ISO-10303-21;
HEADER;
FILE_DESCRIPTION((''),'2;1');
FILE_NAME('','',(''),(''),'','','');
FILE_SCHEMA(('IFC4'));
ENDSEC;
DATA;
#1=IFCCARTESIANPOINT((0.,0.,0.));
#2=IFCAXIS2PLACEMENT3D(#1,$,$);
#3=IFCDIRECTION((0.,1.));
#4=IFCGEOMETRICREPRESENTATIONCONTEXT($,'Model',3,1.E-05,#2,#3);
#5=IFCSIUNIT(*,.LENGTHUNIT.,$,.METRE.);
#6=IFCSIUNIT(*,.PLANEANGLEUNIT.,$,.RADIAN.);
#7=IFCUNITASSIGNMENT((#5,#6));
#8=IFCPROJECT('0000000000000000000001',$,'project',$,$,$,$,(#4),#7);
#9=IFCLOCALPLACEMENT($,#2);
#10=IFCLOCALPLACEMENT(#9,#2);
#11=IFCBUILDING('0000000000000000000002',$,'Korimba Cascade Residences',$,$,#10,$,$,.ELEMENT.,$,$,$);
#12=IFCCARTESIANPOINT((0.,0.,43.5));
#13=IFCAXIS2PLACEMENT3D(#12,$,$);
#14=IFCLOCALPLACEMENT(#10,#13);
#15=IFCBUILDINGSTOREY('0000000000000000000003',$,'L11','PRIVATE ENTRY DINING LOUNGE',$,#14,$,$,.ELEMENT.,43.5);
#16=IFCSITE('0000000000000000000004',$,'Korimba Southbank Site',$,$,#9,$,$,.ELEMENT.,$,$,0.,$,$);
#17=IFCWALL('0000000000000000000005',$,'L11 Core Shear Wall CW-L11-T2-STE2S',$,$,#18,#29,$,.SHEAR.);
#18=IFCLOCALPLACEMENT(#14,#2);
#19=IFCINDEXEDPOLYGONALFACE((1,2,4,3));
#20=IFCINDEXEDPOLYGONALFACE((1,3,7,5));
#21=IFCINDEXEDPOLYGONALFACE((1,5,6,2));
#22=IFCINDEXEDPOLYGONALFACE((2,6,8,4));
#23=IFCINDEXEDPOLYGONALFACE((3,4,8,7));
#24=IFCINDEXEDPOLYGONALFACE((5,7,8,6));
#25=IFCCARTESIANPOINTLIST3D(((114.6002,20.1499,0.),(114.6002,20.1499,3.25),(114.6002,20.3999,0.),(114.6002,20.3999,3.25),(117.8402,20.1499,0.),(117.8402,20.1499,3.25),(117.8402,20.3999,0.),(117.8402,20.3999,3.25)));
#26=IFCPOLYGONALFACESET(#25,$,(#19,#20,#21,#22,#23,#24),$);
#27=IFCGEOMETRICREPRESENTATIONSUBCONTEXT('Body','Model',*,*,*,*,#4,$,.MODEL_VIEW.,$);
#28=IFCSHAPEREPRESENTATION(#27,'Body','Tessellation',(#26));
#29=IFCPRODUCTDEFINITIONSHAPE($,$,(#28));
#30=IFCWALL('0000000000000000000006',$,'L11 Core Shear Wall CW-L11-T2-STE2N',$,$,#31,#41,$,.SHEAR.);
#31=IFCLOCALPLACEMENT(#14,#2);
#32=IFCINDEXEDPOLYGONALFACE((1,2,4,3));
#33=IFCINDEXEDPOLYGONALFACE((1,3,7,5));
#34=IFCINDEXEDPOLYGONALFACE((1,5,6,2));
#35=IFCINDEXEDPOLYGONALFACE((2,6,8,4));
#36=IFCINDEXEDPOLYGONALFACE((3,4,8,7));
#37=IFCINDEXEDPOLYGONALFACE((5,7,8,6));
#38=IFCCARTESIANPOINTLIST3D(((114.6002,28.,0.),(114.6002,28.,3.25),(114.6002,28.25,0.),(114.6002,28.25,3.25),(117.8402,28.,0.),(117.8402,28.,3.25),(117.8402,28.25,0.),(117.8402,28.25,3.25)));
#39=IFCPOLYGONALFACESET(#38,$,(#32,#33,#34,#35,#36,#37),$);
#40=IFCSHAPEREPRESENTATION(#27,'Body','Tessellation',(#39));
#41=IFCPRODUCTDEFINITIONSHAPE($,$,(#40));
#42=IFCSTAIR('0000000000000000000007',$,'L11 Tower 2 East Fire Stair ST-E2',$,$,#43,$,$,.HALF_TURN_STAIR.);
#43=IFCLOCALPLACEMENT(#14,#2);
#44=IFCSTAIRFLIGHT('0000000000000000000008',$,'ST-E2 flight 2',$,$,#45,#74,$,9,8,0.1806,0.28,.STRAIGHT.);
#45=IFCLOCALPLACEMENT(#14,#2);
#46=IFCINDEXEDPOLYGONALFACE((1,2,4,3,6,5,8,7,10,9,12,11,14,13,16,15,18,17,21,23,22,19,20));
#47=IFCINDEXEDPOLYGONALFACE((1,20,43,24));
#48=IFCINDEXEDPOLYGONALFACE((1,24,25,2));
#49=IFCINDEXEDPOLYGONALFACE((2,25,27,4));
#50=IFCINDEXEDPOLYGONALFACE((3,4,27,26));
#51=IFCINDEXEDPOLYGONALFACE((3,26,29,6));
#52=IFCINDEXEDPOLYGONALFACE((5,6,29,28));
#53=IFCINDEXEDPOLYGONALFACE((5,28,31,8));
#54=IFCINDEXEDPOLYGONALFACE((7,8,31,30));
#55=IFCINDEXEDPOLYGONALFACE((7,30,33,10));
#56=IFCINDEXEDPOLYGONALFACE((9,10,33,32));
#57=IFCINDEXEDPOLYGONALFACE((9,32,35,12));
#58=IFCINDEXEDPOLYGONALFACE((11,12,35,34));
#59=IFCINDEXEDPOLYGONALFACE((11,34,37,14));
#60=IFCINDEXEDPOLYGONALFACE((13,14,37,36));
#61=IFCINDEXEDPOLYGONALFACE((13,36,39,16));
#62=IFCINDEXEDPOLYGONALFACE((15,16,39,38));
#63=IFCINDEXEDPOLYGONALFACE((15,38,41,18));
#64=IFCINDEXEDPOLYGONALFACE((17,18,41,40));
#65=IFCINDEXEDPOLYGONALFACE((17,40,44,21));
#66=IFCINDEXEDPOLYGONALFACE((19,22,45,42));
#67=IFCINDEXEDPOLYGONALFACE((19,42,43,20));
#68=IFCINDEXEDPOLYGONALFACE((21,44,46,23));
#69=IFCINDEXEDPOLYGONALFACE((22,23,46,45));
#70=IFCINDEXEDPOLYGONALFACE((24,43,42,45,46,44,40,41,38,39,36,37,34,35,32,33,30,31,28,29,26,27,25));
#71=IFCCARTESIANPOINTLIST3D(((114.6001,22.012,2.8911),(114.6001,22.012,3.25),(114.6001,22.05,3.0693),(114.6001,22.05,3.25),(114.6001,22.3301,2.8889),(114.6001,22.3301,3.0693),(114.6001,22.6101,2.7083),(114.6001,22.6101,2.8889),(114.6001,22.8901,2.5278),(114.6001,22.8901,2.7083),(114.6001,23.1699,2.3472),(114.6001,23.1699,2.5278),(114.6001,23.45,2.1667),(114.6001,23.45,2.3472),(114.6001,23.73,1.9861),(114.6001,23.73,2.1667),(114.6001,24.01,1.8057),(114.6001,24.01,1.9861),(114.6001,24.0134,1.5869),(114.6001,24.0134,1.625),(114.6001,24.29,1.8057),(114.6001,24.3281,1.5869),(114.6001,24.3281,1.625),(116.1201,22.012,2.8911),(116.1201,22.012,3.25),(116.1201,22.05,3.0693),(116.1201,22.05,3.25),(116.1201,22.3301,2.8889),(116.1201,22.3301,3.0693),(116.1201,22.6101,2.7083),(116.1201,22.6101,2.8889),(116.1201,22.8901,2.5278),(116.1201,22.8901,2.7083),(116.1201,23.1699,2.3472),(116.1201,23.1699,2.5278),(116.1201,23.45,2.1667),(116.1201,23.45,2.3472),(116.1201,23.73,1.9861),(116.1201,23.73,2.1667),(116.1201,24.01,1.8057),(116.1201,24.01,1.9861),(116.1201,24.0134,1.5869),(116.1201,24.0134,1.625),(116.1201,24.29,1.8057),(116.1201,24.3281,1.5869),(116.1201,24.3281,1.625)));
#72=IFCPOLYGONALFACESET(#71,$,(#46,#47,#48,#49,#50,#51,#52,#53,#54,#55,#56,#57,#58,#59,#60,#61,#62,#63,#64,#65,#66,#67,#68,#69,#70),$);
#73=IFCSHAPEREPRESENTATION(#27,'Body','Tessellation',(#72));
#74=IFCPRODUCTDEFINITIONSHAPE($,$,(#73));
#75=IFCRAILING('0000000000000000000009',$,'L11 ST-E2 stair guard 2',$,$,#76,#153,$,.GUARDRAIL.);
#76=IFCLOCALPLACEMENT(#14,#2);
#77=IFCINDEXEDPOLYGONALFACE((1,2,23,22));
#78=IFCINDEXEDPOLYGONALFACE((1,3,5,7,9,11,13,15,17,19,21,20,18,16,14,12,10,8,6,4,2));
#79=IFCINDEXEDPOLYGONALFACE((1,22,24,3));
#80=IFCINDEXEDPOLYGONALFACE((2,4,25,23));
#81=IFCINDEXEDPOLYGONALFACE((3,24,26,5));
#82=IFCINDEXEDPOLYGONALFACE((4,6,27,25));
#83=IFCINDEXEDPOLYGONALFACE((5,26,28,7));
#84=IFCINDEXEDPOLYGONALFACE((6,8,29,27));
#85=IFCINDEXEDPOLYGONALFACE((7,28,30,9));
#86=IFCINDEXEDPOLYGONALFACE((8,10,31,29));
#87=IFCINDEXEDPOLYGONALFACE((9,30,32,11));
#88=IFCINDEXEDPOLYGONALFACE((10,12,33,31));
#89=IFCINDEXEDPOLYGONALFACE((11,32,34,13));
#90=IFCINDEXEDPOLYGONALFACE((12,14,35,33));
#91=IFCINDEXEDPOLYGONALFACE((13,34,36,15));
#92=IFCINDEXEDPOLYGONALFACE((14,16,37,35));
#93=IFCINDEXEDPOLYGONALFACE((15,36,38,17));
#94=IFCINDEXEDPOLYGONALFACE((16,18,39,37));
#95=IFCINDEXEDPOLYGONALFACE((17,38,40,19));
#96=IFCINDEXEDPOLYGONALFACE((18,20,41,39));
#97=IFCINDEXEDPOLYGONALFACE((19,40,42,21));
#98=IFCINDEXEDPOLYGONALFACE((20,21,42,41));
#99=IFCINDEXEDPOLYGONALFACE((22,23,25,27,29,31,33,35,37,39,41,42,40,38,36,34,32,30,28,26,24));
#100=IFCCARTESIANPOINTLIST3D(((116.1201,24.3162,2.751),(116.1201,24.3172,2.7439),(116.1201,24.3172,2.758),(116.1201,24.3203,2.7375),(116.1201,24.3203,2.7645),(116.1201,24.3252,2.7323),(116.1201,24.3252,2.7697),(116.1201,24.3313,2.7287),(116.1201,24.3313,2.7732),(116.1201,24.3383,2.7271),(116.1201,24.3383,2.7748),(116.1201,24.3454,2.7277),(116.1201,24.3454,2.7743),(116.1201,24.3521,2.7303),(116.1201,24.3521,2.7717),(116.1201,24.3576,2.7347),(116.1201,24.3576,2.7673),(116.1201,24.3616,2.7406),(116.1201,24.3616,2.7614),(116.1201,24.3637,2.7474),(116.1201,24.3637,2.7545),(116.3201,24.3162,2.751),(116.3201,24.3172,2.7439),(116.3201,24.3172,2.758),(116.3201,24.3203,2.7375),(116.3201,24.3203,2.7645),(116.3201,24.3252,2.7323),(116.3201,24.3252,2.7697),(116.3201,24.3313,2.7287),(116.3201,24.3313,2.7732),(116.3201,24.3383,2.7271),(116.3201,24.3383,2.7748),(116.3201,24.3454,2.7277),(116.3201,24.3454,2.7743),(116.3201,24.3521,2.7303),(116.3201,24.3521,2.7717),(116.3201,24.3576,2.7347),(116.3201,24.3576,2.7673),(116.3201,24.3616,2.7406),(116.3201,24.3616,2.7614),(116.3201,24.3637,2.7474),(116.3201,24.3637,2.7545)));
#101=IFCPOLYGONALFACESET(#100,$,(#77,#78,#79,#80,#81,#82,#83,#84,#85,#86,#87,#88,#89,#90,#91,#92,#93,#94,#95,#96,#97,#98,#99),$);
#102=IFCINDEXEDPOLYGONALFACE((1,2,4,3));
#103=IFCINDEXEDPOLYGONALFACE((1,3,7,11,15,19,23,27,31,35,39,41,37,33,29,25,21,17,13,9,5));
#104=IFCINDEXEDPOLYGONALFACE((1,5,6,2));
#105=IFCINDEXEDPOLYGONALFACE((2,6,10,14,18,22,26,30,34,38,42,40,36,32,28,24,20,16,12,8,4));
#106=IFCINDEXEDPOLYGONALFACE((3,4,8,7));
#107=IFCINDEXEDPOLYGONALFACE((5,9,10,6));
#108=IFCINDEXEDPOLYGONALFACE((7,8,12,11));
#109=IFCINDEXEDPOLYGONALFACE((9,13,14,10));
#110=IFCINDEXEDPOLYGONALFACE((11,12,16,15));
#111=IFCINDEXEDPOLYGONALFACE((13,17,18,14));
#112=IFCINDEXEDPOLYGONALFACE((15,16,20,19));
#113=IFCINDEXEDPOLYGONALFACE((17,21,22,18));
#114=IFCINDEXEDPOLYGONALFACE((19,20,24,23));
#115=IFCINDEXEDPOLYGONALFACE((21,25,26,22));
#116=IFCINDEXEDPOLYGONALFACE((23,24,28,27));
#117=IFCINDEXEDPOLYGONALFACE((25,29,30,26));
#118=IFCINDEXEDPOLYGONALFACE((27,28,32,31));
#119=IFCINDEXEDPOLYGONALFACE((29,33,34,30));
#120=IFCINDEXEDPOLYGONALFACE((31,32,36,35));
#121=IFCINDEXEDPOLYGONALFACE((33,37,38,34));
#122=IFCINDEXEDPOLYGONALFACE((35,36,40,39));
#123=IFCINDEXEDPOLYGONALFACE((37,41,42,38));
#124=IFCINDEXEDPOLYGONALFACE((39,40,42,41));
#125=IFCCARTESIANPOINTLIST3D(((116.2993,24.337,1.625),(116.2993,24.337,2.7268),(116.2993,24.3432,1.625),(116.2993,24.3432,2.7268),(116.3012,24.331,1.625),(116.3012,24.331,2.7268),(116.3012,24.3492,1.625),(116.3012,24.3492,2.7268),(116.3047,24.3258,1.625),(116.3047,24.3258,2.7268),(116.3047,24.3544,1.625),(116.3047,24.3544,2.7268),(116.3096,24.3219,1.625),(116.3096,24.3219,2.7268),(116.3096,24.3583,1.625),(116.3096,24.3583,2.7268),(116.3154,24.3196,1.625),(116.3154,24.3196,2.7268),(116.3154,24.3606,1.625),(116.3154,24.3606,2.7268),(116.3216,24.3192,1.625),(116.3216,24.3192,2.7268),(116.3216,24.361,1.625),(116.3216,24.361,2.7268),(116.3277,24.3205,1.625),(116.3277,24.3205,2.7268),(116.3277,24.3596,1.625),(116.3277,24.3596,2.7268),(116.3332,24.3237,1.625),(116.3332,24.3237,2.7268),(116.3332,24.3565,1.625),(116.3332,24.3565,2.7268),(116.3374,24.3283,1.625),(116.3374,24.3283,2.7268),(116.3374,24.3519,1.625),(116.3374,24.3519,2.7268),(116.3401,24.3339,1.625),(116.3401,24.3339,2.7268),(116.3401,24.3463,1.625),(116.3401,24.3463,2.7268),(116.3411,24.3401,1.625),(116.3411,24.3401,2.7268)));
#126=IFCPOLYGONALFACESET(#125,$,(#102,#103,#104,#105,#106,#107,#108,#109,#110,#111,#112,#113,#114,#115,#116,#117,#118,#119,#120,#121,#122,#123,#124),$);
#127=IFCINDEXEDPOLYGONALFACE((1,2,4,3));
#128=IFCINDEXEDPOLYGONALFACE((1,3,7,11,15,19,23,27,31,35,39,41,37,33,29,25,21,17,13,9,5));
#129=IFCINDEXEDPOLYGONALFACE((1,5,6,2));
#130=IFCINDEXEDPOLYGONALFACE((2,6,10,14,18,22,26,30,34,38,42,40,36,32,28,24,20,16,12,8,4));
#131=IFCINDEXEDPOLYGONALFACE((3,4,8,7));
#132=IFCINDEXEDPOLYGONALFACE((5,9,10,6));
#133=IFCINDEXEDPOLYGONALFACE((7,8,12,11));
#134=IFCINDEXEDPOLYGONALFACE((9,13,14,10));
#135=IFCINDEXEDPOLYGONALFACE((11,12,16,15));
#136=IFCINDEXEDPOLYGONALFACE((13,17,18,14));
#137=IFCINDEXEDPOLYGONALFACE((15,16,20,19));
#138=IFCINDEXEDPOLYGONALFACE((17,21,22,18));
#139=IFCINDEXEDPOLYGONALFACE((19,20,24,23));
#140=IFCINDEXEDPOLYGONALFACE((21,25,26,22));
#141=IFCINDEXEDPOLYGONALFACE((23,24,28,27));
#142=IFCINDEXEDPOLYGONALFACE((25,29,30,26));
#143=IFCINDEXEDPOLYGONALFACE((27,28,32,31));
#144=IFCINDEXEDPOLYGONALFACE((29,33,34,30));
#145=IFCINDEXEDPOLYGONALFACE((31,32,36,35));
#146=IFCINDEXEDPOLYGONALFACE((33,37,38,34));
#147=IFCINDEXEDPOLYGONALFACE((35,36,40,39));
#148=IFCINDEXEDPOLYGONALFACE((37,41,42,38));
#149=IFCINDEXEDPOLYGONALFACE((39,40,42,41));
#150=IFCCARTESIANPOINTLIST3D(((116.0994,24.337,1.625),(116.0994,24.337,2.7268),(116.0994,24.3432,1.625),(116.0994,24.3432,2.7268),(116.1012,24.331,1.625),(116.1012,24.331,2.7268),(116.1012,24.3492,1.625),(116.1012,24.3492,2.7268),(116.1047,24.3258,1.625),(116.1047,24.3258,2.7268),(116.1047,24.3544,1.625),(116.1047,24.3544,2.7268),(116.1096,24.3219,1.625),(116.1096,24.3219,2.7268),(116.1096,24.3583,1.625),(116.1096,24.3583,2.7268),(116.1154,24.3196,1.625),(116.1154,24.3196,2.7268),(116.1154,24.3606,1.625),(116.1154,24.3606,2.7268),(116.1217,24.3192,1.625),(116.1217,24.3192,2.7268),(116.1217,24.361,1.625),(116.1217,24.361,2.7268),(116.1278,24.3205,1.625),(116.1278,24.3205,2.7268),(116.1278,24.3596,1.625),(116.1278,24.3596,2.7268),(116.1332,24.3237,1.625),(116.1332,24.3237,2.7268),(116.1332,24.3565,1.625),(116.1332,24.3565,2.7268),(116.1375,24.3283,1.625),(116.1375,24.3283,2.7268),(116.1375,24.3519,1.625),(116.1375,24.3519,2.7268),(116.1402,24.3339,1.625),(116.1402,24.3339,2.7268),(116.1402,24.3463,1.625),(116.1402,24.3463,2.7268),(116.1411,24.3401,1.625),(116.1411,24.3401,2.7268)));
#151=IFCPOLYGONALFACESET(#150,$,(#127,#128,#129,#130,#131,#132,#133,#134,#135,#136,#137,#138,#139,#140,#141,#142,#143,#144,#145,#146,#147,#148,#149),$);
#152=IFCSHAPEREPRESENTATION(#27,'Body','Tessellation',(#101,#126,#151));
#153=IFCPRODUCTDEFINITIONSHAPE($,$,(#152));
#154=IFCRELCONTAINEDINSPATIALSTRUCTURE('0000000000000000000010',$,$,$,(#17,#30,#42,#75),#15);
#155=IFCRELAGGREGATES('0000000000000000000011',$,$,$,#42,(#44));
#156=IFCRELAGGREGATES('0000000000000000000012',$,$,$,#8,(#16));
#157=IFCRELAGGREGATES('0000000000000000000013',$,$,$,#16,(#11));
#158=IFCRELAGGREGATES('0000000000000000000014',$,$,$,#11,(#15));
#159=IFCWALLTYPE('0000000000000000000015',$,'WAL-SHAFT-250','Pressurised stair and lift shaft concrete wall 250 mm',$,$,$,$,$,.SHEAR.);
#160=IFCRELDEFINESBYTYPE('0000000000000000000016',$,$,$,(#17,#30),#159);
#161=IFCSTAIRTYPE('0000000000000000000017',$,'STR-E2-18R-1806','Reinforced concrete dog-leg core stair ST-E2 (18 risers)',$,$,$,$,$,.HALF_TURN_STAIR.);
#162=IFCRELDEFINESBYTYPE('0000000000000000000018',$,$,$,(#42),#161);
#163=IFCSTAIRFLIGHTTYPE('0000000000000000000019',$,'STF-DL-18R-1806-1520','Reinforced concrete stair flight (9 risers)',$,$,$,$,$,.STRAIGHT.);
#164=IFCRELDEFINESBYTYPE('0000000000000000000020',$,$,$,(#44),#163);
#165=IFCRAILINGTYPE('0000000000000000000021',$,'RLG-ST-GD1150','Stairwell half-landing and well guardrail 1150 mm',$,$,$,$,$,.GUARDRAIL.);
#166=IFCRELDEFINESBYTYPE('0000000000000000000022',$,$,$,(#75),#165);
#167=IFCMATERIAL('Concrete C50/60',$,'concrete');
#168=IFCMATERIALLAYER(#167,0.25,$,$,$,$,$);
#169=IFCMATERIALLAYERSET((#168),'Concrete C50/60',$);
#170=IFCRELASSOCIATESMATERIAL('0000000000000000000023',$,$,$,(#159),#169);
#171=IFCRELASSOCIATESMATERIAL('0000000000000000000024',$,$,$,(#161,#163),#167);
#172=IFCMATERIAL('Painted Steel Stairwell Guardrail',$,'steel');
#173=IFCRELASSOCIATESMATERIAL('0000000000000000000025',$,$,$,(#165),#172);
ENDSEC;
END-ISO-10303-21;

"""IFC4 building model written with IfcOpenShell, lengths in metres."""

from ifc_helpers import new_model, si_unit, direction, frame, frame_2d, origin, origin_2d, place, context, subcontext, project, spatial, polyline, rectangle, circle, outline, extrude, material, layer, layer_set, type_object, element, aggregate, save


model = new_model("IFC4")

# Units and contexts
model_context = context("Model", 3, precision=1e-05, world=origin(), true_north=direction((0.0, 1.0)))
body_context = subcontext(model_context, "Body", "Model", "MODEL_VIEW")
ifc_project = project(units=[si_unit("LENGTHUNIT", "METRE"), si_unit("PLANEANGLEUNIT", "RADIAN")], contexts=[model_context])

# Site, building, storey
site_placement = place(None, origin())
site = spatial("IfcSite", under=ifc_project, at=site_placement, Name="Korimba Southbank Site", CompositionType="ELEMENT", RefElevation=0.0)
building_placement = place(site_placement, origin())
building = spatial("IfcBuilding", under=site, at=building_placement, Name="Korimba Cascade Residences", CompositionType="ELEMENT")
storey_placement = place(building_placement, frame((0.0, 0.0, 43.5)))
storey = spatial("IfcBuildingStorey", under=building, at=storey_placement, Name="L11", Description="PRIVATE ENTRY DINING LOUNGE", CompositionType="ELEMENT", Elevation=43.5)

# Shared definitions
ifc_material_1 = material(Name="Concrete C50/60", Category="concrete")

# Shared definitions
ifc_layer_1 = layer(ifc_material_1, 0.25)
ifc_layer_set_1 = layer_set([ifc_layer_1], Name="Concrete C50/60")
wall_type_1 = type_object("IfcWallType", Name="WAL-SHAFT-250", Description="Pressurised stair and lift shaft concrete wall 250 mm", PredefinedType="SHEAR", material=ifc_layer_set_1)

# Walls
for number, where, z_axis, x_axis, name in (
    (1, (114.6001, 20.2749, 0.0), (0.0, 0.0, 1.0), (1.0, 0.0, 0.0), "L11 Core Shear Wall CW-L11-T2-STE2S"),
    (2, (114.6001, 28.125, 0.0), (0.0, 0.0, 1.0), (1.0, 0.0, 0.0), "L11 Core Shear Wall CW-L11-T2-STE2N"),
):
    element("IfcWall", number, at=place(storey_placement, frame(where, z_axis=z_axis, x_axis=x_axis)), inside=storey, type_object=wall_type_1, Name=name, PredefinedType="SHEAR", context=body_context, shape_type="SweptSolid", body=[
        extrude(rectangle(XDim=3.24, YDim=0.25, at=frame_2d((1.6201, 0.0))), origin(), (0.0, 0.0, 1.0), 3.25),
    ])

# Stair, stair flight
stair_type = type_object("IfcStairType", Name="STR-E2-18R-1806", Description="Reinforced concrete dog-leg core stair ST-E2 (18 risers)", PredefinedType="HALF_TURN_STAIR", material=ifc_material_1)
stair_placement = place(storey_placement, origin())
stair = element("IfcStair", 3, at=stair_placement, inside=storey, type_object=stair_type, Name="L11 Tower 2 East Fire Stair ST-E2", PredefinedType="HALF_TURN_STAIR")
stair_flight_type = type_object("IfcStairFlightType", Name="STF-DL-18R-1806-1520", Description="Reinforced concrete stair flight (9 risers)", PredefinedType="STRAIGHT", material=ifc_material_1)
stair_flight_placement = place(storey_placement, frame((115.3601, 24.29, 1.625), z_axis=(0.0, 0.0, 1.0), x_axis=(0.0, -1.0, 0.0)))
stair_flight = element("IfcStairFlight", 4, at=stair_flight_placement, type_object=stair_flight_type, Name="ST-E2 flight 2", NumberOfRisers=9, NumberOfTreads=8, PredefinedType="STRAIGHT", RiserHeight=0.1806, TreadLength=0.28, context=body_context, shape_type="SweptSolid", body=[
    extrude(outline(polyline([(-0.0381, 0.0), (0.0, 0.1807), (0.28, 0.1807), (0.28, 0.3611), (0.5601, 0.3611), (0.5601, 0.5417), (0.8401, 0.5417), (0.8401, 0.7222), (1.1201, 0.7222), (1.1201, 0.9028), (1.3999, 0.9028), (1.3999, 1.0833), (1.6799, 1.0833), (1.6799, 1.2639), (1.96, 1.2639), (1.96, 1.4443), (2.24, 1.4443), (2.24, 1.625), (2.2781, 1.625), (2.2781, 1.2661), (0.2766, 0.0), (0.2766, -0.0381), (-0.0381, -0.0381), (-0.0381, 0.0)])), frame((0.0, 0.76, 0.0), z_axis=(0.0, -1.0, 0.0), x_axis=(1.0, 0.0, 0.0)), (0.0, 0.0, 1.0), 1.52),
])
aggregate(stair, [stair_flight])

# Railing
ifc_material_2 = material(Name="Painted Steel Stairwell Guardrail", Category="steel")
railing_type_1 = type_object("IfcRailingType", Name="RLG-ST-GD1150", Description="Stairwell half-landing and well guardrail 1150 mm", PredefinedType="GUARDRAIL", material=ifc_material_2)
railing_1_placement = place(storey_placement, frame((116.3201, 24.3401, 1.625)))
element("IfcRailing", 5, at=railing_1_placement, inside=storey, type_object=railing_type_1, Name="L11 ST-E2 stair guard 2", PredefinedType="GUARDRAIL", context=body_context, shape_type="SweptSolid", body=[
    extrude(circle(Radius=0.0239, at=origin_2d()), frame((0.0, 0.0, 1.126), z_axis=(-1.0, 0.0, 0.0), x_axis=(0.0, -1.0, 0.0)), (0.0, 0.0, 1.0), 0.2),
    extrude(circle(Radius=0.021, at=origin_2d()), origin(), (0.0, 0.0, 1.0), 1.1018),
    extrude(circle(Radius=0.021, at=origin_2d()), frame((-0.2, 0.0, 0.0)), (0.0, 0.0, 1.0), 1.1018),
])

save(model, "model.ifc")
